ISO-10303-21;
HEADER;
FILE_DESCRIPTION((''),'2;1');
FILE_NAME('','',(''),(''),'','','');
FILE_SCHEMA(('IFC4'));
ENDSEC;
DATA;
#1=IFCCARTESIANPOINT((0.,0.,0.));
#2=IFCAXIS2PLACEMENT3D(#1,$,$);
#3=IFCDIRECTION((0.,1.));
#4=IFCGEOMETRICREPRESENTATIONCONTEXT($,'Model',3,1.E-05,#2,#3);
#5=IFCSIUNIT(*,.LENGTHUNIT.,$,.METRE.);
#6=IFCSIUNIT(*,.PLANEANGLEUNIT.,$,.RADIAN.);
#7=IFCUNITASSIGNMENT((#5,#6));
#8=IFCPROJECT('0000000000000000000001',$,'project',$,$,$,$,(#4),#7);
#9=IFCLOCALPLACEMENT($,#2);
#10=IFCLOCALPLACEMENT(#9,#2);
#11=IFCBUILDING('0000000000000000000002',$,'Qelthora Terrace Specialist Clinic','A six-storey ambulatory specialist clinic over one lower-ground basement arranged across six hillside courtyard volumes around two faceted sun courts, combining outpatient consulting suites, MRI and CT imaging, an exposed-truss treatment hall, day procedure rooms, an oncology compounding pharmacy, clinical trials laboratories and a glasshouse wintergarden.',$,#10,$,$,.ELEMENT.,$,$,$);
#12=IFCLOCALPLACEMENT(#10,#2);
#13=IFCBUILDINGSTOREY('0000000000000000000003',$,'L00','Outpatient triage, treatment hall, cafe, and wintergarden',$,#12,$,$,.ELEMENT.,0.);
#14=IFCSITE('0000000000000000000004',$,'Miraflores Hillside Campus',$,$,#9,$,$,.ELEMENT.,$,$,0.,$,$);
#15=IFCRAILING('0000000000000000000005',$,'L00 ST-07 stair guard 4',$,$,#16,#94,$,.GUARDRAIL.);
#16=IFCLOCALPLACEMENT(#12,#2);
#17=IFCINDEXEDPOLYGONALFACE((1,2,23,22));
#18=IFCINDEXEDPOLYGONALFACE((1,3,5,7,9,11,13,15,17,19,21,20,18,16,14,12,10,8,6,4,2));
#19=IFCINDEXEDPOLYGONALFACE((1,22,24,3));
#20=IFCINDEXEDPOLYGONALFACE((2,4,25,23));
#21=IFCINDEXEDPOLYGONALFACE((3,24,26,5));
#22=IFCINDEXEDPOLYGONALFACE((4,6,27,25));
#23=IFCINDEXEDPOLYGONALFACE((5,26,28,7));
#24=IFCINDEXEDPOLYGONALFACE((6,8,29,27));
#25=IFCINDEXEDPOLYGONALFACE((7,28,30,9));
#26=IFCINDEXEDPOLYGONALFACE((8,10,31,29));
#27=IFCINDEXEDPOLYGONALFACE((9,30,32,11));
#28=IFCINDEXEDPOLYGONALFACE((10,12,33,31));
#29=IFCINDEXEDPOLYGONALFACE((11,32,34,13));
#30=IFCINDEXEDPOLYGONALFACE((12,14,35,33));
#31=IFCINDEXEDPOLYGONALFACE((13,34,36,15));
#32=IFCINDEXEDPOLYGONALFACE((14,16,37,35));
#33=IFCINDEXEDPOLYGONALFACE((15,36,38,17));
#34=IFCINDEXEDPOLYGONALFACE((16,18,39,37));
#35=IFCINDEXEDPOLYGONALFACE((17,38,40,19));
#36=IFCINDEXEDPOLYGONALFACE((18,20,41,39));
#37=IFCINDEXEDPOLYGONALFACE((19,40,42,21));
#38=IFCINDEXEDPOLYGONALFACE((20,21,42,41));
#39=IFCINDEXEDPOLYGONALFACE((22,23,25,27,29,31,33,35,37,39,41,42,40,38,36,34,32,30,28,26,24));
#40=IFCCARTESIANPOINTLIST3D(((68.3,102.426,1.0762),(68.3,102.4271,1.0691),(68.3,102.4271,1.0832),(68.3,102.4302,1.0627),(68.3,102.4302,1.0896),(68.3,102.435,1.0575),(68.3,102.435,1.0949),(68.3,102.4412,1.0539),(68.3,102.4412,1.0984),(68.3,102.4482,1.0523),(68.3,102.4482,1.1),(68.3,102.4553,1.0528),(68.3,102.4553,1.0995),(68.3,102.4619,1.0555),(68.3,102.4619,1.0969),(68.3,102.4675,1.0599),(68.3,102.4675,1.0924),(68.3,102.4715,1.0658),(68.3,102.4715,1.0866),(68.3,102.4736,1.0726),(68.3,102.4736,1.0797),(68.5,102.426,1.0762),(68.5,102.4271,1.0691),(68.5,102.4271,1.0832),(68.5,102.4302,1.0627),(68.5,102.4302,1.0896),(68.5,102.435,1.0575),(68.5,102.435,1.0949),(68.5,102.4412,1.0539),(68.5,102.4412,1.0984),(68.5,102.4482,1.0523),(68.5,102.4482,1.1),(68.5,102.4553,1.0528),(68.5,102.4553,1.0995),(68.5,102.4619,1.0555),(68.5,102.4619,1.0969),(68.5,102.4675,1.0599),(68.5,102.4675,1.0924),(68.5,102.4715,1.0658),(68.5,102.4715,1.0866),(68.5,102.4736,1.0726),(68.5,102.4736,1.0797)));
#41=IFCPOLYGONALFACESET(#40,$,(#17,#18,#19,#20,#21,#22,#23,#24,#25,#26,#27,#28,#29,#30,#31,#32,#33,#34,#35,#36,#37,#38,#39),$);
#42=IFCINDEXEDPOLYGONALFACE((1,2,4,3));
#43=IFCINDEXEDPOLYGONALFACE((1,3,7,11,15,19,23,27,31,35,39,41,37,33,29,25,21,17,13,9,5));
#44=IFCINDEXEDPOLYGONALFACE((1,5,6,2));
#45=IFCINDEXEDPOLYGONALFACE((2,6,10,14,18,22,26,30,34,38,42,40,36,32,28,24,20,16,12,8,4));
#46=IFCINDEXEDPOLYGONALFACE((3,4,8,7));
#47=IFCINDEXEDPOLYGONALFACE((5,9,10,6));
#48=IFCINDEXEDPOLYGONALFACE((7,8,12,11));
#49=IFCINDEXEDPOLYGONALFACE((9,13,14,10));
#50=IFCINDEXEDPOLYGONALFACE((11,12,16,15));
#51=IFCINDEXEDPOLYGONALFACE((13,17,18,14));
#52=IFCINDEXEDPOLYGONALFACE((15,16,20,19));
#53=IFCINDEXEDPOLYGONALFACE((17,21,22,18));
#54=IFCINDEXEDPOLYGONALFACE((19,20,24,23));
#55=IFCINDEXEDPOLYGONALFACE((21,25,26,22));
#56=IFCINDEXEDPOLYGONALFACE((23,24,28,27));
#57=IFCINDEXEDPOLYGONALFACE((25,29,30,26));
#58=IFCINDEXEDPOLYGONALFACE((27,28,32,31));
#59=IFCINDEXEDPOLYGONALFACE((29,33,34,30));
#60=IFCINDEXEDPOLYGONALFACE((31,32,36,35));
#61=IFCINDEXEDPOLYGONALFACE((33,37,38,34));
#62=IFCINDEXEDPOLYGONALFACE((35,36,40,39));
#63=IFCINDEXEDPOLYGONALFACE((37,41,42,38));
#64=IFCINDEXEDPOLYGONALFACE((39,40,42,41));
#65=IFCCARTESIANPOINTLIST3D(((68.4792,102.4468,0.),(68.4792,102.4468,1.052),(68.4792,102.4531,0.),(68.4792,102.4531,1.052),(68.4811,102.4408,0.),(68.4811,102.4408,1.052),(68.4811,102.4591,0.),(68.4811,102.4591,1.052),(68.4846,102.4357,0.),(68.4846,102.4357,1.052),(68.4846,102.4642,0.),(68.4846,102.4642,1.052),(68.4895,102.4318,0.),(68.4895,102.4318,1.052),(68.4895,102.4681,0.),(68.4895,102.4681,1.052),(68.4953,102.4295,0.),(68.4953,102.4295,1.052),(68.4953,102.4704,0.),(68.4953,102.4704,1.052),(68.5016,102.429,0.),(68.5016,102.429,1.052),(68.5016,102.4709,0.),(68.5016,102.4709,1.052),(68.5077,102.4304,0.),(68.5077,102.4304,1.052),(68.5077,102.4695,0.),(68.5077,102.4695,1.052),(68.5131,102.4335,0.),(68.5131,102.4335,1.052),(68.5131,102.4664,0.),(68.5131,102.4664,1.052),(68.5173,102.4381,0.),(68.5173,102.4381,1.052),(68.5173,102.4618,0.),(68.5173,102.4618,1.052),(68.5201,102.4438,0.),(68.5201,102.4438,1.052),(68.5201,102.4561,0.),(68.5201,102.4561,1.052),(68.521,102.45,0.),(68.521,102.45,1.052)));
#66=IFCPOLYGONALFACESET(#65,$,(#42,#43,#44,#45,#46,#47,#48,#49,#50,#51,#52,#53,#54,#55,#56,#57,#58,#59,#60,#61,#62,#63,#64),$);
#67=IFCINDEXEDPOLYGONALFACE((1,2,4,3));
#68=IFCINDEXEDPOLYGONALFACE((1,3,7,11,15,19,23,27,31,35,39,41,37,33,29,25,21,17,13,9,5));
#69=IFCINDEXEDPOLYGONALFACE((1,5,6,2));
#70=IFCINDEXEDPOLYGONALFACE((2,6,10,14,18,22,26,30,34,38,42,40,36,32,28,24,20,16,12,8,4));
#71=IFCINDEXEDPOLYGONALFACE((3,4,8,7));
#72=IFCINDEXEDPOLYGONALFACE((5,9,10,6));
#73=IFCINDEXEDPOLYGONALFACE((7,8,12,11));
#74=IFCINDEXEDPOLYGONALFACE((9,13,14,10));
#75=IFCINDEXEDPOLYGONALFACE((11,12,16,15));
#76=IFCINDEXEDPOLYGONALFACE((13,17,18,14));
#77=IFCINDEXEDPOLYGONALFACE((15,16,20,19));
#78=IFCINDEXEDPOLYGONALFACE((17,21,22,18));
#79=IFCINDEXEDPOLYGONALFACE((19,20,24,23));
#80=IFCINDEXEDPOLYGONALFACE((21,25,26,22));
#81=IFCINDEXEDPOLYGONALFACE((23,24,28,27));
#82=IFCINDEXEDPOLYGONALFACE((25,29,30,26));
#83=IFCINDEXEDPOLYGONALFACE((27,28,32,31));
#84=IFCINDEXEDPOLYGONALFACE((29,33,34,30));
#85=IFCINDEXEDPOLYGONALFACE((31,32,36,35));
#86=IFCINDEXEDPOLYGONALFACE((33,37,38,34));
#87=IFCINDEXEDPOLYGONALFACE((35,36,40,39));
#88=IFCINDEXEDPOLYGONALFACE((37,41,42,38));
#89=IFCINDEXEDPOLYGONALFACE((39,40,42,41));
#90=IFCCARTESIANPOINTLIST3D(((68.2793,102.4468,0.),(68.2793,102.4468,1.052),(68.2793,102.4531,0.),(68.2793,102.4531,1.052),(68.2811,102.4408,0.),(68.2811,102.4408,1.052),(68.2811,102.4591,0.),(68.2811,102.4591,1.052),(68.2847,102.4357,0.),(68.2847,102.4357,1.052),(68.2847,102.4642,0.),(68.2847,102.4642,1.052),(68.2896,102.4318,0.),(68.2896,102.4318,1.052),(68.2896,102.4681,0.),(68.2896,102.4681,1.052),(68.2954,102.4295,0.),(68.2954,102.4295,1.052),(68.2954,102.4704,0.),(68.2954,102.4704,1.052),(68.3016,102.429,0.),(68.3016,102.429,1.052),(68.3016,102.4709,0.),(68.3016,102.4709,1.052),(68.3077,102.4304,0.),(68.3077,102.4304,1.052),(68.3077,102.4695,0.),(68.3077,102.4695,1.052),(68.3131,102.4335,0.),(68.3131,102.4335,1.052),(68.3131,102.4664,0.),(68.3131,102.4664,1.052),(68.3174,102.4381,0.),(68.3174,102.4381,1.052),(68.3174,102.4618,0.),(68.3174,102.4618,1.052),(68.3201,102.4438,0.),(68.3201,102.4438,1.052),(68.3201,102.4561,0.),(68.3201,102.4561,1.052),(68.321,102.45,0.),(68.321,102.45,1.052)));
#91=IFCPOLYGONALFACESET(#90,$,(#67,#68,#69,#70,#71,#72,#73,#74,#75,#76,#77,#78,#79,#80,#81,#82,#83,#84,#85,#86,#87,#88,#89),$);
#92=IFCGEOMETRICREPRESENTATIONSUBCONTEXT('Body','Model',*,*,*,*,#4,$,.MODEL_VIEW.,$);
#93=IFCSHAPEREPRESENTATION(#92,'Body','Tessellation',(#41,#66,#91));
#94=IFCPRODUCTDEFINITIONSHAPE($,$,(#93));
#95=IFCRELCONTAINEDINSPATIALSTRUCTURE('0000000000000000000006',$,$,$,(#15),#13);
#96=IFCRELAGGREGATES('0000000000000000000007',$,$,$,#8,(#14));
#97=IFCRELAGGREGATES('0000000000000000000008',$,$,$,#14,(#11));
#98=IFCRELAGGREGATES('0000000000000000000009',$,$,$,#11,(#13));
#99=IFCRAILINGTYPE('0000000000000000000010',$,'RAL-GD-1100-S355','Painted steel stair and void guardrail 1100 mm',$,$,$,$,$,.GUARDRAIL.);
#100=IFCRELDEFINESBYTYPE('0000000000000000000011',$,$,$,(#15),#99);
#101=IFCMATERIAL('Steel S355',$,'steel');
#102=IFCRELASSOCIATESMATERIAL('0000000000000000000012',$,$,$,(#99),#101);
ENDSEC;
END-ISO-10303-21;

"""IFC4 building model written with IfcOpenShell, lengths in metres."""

from ifc_helpers import new_model, si_unit, direction, frame, origin, origin_2d, place, context, subcontext, project, spatial, circle, extrude, material, type_object, element, save


model = new_model("IFC4")

# Units and contexts
model_context = context("Model", 3, precision=1e-05, world=origin(), true_north=direction((0.0, 1.0)))
body_context = subcontext(model_context, "Body", "Model", "MODEL_VIEW")
ifc_project = project(units=[si_unit("LENGTHUNIT", "METRE"), si_unit("PLANEANGLEUNIT", "RADIAN")], contexts=[model_context])

# Site, building, storey
site_placement = place(None, origin())
site = spatial("IfcSite", under=ifc_project, at=site_placement, Name="Miraflores Hillside Campus", CompositionType="ELEMENT", RefElevation=0.0)
building_placement = place(site_placement, origin())
building = spatial("IfcBuilding", under=site, at=building_placement, Name="Qelthora Terrace Specialist Clinic", Description="A six-storey ambulatory specialist clinic over one lower-ground basement arranged across six hillside courtyard volumes around two faceted sun courts, combining outpatient consulting suites, MRI and CT imaging, an exposed-truss treatment hall, day procedure rooms, an oncology compounding pharmacy, clinical trials laboratories and a glasshouse wintergarden.", CompositionType="ELEMENT")
storey_placement = place(building_placement, origin())
storey = spatial("IfcBuildingStorey", under=building, at=storey_placement, Name="L00", Description="Outpatient triage, treatment hall, cafe, and wintergarden", CompositionType="ELEMENT", Elevation=0.0)

# Shared definitions
ifc_material_1 = material(Name="Steel S355", Category="steel")

# Railing
railing_type_1 = type_object("IfcRailingType", Name="RAL-GD-1100-S355", Description="Painted steel stair and void guardrail 1100 mm", PredefinedType="GUARDRAIL", material=ifc_material_1)
railing_1_placement = place(storey_placement, frame((68.5, 102.45, 0.0)))
element("IfcRailing", 1, at=railing_1_placement, inside=storey, type_object=railing_type_1, Name="L00 ST-07 stair guard 4", PredefinedType="GUARDRAIL", context=body_context, shape_type="SweptSolid", body=[
    extrude(circle(Radius=0.0239, at=origin_2d()), frame((0.0, 0.0, 1.0762), z_axis=(-1.0, 0.0, 0.0), x_axis=(0.0, -1.0, 0.0)), (0.0, 0.0, 1.0), 0.2),
    extrude(circle(Radius=0.021, at=origin_2d()), origin(), (0.0, 0.0, 1.0), 1.052),
    extrude(circle(Radius=0.021, at=origin_2d()), frame((-0.2, 0.0, 0.0)), (0.0, 0.0, 1.0), 1.052),
])

save(model, "model.ifc")
